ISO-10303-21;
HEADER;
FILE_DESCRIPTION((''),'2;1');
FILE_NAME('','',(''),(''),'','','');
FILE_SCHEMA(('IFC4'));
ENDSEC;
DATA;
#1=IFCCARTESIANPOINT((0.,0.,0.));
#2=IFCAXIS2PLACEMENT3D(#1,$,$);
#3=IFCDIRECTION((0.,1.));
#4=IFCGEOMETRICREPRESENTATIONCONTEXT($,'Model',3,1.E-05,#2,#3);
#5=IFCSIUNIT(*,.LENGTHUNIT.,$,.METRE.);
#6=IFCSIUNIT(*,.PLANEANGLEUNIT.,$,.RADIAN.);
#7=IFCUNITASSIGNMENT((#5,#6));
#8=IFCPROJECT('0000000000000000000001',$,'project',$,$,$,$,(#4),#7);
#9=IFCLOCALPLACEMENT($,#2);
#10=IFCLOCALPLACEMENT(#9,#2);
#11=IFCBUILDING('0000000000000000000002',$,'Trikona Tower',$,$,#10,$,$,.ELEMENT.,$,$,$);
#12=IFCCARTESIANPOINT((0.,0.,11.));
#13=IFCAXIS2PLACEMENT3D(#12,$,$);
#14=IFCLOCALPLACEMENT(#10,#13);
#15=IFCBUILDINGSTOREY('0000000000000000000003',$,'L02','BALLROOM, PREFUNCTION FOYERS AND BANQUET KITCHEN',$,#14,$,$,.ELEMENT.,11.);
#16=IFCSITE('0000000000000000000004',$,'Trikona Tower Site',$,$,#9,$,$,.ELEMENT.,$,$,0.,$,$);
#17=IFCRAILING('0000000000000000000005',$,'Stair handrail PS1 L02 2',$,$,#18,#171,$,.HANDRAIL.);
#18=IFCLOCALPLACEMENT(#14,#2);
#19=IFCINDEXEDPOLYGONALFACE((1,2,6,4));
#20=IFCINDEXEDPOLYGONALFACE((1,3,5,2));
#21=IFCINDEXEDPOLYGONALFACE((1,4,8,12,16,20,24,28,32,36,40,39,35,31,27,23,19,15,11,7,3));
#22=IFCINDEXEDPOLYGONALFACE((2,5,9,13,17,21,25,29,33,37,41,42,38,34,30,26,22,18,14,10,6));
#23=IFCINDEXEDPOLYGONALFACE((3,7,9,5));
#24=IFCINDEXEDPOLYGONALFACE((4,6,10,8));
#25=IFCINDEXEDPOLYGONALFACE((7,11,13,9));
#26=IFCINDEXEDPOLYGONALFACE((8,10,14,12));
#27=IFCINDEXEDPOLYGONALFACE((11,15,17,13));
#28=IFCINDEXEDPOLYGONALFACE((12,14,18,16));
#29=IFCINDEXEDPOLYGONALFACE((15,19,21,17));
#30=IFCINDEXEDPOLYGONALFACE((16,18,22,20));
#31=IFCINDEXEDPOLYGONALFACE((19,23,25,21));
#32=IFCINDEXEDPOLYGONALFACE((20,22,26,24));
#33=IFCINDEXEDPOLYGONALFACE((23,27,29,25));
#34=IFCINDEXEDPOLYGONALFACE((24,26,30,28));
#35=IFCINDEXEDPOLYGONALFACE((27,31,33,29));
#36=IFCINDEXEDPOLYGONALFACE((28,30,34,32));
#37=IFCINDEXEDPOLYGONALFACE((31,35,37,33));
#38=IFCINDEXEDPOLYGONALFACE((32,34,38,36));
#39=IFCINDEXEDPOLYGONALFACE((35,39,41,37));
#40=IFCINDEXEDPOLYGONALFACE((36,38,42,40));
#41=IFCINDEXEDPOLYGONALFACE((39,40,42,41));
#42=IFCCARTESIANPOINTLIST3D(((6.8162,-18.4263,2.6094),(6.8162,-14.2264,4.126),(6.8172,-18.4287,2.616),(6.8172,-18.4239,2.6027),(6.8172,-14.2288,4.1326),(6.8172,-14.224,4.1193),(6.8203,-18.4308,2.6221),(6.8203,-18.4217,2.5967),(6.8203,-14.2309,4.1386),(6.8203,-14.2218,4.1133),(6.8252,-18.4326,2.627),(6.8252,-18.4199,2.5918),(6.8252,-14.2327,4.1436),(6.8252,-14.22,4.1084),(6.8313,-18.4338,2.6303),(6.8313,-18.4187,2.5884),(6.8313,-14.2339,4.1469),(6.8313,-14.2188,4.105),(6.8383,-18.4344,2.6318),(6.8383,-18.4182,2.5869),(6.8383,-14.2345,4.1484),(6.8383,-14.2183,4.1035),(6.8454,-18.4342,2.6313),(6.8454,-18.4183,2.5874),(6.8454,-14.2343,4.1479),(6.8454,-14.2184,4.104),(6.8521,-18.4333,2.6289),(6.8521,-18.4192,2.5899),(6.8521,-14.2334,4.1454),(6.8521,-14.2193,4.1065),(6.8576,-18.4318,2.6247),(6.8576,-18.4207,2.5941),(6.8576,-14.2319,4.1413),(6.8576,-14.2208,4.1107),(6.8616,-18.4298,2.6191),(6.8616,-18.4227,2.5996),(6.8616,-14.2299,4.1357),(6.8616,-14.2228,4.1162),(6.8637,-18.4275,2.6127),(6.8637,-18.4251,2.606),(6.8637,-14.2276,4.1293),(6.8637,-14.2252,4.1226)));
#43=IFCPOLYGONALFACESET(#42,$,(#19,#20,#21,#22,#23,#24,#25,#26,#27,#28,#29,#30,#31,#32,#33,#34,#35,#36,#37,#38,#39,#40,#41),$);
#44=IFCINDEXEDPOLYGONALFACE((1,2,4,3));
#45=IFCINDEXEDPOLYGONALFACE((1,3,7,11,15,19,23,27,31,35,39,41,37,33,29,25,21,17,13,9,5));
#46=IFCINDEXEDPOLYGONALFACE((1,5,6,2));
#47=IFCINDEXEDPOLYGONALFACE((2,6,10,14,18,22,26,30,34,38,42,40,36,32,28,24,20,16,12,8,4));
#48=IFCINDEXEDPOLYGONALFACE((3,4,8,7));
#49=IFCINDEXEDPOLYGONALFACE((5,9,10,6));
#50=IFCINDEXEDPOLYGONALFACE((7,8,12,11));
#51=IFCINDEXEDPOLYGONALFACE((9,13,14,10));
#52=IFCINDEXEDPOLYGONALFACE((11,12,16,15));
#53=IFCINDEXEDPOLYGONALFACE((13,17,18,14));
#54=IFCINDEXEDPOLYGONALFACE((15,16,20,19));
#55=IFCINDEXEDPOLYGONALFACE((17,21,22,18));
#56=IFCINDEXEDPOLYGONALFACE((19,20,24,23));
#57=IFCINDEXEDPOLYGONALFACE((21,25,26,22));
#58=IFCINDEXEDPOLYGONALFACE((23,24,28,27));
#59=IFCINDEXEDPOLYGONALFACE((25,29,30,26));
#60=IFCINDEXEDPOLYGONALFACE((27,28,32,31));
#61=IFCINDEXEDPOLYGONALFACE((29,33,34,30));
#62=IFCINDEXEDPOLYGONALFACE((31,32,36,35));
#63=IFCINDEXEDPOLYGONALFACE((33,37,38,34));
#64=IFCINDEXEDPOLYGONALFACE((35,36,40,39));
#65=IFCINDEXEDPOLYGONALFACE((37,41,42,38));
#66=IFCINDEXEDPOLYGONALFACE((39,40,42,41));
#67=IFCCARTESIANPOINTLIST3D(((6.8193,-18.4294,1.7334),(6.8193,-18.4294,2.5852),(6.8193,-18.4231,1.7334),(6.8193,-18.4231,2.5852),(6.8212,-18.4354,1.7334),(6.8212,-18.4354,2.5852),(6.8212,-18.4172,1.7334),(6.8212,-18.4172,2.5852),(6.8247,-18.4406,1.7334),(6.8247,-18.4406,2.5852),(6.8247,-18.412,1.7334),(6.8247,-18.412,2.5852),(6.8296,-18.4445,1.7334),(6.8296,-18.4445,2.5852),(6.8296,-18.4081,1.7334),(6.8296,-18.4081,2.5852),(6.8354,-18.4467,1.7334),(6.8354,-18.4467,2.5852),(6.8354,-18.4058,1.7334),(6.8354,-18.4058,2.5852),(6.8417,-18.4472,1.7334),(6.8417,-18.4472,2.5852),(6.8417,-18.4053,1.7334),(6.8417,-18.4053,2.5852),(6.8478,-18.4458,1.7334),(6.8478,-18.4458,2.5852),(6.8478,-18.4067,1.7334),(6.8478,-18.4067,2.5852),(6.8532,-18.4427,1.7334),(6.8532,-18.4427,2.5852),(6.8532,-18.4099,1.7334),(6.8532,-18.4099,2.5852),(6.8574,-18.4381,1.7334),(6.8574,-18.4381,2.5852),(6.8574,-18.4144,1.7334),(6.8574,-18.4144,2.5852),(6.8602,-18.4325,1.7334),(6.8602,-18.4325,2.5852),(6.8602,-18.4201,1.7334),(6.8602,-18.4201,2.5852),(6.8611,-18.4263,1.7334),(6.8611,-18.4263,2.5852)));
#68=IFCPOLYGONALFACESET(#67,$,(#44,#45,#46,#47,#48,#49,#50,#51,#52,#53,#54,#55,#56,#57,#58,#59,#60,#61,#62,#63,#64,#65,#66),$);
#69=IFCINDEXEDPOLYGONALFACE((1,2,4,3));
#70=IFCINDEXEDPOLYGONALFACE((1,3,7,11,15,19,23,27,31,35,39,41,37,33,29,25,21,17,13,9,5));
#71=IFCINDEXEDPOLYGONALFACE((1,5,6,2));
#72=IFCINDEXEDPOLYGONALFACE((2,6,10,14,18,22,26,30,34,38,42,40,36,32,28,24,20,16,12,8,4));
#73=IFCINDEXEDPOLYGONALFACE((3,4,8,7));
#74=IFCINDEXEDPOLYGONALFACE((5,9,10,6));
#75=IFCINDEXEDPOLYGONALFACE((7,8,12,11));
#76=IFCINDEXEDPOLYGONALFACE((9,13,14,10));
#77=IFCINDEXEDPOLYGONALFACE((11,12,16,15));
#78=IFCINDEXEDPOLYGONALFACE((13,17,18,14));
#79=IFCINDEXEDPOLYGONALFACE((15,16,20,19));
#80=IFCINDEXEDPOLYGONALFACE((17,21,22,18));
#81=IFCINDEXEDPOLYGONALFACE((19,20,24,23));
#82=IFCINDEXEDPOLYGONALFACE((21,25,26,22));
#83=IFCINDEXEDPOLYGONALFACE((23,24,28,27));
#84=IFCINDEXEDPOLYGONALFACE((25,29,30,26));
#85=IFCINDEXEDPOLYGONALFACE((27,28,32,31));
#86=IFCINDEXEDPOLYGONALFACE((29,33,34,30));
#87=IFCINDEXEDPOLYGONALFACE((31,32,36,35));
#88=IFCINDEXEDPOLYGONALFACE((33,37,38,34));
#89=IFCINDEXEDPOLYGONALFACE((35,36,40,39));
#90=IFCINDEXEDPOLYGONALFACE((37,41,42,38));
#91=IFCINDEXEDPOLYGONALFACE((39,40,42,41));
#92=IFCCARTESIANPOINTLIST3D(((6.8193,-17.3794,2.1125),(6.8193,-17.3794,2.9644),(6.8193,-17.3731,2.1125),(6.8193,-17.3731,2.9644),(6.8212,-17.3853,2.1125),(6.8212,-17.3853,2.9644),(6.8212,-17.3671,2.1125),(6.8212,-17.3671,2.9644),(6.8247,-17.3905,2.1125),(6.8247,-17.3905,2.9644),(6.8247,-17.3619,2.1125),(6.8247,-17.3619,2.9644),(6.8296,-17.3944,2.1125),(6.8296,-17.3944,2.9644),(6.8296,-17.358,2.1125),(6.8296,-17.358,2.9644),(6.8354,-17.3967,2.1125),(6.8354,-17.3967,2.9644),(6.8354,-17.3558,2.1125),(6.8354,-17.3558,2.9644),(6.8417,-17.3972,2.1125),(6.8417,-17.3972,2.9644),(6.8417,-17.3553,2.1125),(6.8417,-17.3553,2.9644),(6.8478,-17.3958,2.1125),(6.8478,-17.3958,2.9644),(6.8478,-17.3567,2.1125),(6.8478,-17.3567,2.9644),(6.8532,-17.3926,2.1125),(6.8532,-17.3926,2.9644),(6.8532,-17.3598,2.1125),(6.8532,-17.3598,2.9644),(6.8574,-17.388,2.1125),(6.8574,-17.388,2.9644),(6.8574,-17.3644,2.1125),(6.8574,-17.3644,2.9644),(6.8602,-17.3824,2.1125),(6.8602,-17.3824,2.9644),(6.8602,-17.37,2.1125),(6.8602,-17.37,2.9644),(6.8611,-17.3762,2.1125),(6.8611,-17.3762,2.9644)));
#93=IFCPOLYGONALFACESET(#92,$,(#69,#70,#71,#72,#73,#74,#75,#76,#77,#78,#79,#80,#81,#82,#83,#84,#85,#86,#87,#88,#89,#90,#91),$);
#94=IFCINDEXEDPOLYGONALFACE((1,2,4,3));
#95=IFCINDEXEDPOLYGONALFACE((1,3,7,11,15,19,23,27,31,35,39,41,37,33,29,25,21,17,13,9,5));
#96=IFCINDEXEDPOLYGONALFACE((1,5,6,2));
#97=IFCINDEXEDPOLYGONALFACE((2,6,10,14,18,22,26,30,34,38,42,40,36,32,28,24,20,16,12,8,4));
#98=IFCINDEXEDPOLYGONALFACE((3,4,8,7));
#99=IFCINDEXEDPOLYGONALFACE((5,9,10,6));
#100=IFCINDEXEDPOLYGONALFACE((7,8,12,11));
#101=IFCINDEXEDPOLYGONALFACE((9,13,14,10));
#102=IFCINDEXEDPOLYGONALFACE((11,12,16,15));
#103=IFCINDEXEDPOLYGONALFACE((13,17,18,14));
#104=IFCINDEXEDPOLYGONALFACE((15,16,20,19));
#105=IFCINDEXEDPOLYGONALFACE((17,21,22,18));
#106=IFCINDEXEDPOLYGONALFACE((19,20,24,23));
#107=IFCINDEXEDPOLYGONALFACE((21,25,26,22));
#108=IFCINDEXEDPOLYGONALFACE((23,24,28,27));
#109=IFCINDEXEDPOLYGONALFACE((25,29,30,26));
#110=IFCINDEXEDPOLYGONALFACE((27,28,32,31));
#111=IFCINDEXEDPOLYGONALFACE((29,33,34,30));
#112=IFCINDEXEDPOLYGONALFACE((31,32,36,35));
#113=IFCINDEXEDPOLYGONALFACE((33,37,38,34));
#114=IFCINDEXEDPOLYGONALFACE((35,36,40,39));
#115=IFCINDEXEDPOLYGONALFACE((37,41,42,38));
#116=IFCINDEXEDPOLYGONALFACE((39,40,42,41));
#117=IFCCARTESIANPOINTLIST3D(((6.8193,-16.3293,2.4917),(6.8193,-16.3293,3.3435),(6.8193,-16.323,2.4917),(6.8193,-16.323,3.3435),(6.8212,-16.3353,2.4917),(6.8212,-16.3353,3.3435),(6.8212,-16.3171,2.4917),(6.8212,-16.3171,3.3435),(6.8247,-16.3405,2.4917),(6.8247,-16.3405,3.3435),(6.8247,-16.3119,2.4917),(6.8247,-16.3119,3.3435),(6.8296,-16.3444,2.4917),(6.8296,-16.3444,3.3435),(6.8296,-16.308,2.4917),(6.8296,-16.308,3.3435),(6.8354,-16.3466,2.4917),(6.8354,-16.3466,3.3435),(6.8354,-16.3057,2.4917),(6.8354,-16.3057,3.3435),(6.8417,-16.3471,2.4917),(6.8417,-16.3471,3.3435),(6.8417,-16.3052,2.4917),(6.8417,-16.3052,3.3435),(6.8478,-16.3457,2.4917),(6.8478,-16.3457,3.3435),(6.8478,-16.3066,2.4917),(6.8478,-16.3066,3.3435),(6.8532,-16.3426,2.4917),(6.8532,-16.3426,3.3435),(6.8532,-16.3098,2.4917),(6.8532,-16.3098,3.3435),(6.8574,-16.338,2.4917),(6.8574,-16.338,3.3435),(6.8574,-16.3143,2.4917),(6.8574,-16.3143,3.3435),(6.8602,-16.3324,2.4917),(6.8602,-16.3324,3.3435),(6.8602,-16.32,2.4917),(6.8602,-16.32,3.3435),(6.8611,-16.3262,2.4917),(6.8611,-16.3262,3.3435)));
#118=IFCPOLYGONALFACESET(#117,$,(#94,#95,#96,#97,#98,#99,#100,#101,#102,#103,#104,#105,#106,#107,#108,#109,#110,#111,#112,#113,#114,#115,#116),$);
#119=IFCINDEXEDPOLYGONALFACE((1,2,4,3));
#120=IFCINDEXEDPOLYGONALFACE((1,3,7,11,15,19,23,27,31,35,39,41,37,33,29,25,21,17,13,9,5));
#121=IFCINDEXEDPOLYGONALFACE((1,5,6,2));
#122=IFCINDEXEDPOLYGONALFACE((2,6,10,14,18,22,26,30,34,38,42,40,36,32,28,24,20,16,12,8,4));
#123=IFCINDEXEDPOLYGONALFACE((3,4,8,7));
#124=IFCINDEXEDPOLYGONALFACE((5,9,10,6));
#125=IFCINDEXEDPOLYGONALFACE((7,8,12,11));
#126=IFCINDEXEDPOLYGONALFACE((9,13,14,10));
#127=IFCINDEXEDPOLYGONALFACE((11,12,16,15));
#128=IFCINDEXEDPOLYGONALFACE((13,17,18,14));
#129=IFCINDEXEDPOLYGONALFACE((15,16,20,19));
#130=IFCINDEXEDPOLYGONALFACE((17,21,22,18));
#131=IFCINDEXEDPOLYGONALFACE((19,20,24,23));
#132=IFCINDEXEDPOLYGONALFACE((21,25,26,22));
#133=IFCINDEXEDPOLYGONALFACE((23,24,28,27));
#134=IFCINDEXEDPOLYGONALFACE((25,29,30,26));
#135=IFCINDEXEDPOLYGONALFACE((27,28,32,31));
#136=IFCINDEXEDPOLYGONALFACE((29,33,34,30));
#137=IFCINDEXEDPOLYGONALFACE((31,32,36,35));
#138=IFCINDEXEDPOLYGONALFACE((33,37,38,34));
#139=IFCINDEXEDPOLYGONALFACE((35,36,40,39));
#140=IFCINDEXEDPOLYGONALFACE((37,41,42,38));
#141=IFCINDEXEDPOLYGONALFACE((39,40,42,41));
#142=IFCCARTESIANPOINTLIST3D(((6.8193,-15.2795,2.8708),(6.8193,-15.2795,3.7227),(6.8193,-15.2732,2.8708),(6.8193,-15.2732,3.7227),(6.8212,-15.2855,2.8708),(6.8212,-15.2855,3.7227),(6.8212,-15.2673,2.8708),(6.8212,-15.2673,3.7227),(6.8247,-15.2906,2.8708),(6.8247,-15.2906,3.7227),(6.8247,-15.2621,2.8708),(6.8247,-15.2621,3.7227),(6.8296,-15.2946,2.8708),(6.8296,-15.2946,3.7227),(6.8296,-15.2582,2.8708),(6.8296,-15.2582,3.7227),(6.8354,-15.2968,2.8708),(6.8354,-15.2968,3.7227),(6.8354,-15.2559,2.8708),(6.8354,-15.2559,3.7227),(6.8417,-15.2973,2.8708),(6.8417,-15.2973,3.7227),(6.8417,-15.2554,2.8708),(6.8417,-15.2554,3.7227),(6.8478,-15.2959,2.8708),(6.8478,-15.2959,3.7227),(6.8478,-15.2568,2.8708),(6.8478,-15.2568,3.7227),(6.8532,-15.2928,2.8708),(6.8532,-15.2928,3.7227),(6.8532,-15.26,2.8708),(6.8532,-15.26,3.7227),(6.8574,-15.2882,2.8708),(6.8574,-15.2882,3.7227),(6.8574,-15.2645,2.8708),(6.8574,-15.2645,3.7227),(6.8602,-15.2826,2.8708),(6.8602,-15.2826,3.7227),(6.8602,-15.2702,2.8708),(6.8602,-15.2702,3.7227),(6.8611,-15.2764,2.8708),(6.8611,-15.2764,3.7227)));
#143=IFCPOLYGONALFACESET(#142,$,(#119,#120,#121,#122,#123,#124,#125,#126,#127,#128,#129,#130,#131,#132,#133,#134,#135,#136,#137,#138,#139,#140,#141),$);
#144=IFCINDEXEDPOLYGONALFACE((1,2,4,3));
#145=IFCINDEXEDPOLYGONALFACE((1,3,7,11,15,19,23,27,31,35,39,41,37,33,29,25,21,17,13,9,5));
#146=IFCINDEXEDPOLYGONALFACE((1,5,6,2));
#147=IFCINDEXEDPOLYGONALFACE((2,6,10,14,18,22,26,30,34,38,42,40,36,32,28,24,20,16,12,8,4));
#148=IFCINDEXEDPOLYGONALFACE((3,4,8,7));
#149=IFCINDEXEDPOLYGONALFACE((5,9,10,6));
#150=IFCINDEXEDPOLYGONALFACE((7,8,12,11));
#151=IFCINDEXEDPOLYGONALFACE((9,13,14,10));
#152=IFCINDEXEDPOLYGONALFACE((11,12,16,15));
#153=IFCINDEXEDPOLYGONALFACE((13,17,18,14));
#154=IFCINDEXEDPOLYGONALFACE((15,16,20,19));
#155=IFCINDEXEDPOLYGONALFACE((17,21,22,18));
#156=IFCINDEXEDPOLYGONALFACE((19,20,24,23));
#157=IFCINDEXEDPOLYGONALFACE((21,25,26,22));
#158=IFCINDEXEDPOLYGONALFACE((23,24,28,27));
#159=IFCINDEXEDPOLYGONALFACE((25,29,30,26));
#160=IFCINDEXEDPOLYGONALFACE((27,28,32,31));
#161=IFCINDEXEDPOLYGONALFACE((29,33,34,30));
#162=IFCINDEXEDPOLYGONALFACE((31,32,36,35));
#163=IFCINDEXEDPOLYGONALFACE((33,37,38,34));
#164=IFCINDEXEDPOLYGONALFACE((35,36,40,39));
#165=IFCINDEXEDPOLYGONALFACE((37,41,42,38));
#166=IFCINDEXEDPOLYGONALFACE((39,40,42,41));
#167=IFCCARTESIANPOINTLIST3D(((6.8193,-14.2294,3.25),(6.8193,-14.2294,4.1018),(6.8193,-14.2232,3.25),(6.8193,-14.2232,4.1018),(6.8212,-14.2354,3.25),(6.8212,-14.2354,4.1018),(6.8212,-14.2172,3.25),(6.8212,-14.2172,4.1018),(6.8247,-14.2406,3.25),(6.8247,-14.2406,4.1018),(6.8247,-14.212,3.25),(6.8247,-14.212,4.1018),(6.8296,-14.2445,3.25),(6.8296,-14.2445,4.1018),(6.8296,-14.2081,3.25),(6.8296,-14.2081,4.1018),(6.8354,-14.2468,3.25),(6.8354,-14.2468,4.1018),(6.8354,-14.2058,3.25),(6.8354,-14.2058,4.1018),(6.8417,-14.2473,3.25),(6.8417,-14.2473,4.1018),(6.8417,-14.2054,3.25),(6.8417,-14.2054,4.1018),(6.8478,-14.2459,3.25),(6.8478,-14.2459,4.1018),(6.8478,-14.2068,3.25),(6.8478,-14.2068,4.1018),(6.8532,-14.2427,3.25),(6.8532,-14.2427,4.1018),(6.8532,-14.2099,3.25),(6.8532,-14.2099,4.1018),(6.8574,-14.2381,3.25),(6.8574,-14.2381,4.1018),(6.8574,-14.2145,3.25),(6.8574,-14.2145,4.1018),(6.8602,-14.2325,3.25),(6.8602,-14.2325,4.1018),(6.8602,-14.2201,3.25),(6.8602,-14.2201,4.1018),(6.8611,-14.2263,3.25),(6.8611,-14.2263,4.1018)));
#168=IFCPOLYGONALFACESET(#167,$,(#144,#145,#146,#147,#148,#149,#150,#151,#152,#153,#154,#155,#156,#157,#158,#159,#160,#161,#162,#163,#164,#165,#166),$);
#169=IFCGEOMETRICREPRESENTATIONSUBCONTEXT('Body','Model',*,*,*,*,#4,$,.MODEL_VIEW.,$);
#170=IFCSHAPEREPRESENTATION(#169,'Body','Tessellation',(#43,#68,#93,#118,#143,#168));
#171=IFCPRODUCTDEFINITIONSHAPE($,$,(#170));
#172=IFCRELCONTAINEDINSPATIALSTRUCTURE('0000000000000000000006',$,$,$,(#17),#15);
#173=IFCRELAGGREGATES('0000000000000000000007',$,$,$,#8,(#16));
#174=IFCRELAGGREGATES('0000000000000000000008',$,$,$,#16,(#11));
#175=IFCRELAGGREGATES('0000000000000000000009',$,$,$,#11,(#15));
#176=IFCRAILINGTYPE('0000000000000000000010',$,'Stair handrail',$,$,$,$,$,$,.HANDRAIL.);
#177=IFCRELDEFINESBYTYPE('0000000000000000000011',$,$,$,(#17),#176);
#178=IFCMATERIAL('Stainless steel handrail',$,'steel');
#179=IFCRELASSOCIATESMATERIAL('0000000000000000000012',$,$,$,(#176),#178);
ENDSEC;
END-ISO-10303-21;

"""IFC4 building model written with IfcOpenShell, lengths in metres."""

from ifc_helpers import new_model, si_unit, direction, frame, origin, origin_2d, place, context, subcontext, project, spatial, circle, extrude, material, type_object, element, save


model = new_model("IFC4")

# Units and contexts
model_context = context("Model", 3, precision=1e-05, world=origin(), true_north=direction((0.0, 1.0)))
body_context = subcontext(model_context, "Body", "Model", "MODEL_VIEW")
ifc_project = project(units=[si_unit("LENGTHUNIT", "METRE"), si_unit("PLANEANGLEUNIT", "RADIAN")], contexts=[model_context])

# Site, building, storey
site_placement = place(None, origin())
site = spatial("IfcSite", under=ifc_project, at=site_placement, Name="Trikona Tower Site", CompositionType="ELEMENT", RefElevation=0.0)
building_placement = place(site_placement, origin())
building = spatial("IfcBuilding", under=site, at=building_placement, Name="Trikona Tower", CompositionType="ELEMENT")
storey_placement = place(building_placement, frame((0.0, 0.0, 11.0)))
storey = spatial("IfcBuildingStorey", under=building, at=storey_placement, Name="L02", Description="BALLROOM, PREFUNCTION FOYERS AND BANQUET KITCHEN", CompositionType="ELEMENT", Elevation=11.0)

# Railing
ifc_material_1 = material(Name="Stainless steel handrail", Category="steel")
railing_type_1 = type_object("IfcRailingType", Name="Stair handrail", PredefinedType="HANDRAIL", material=ifc_material_1)
for number, where, name in (
    (1, (6.8401, -18.4263, 1.7334), "Stair handrail PS1 L02 2"),
):
    element("IfcRailing", number, at=place(storey_placement, frame(where)), inside=storey, type_object=railing_type_1, Name=name, PredefinedType="HANDRAIL", context=body_context, shape_type="SweptSolid", body=[
        extrude(circle(Radius=0.0239, at=origin_2d()), frame((0.0, 0.0, 0.876), z_axis=(0.0, 0.940557, 0.339635), x_axis=(-1.0, 0.0, 0.0)), (0.0, 0.0, 1.0), 4.4653),
        extrude(circle(Radius=0.021, at=origin_2d()), origin(), (0.0, 0.0, 1.0), 0.8518),
        extrude(circle(Radius=0.021, at=origin_2d()), frame((0.0, 1.05, 0.3792)), (0.0, 0.0, 1.0), 0.8518),
        extrude(circle(Radius=0.021, at=origin_2d()), frame((0.0, 2.1001, 0.7583)), (0.0, 0.0, 1.0), 0.8518),
        extrude(circle(Radius=0.021, at=origin_2d()), frame((0.0, 3.1499, 1.1375)), (0.0, 0.0, 1.0), 0.8518),
        extrude(circle(Radius=0.021, at=origin_2d()), frame((0.0, 4.2, 1.5166)), (0.0, 0.0, 1.0), 0.8518),
    ])

save(model, "model.ifc")
